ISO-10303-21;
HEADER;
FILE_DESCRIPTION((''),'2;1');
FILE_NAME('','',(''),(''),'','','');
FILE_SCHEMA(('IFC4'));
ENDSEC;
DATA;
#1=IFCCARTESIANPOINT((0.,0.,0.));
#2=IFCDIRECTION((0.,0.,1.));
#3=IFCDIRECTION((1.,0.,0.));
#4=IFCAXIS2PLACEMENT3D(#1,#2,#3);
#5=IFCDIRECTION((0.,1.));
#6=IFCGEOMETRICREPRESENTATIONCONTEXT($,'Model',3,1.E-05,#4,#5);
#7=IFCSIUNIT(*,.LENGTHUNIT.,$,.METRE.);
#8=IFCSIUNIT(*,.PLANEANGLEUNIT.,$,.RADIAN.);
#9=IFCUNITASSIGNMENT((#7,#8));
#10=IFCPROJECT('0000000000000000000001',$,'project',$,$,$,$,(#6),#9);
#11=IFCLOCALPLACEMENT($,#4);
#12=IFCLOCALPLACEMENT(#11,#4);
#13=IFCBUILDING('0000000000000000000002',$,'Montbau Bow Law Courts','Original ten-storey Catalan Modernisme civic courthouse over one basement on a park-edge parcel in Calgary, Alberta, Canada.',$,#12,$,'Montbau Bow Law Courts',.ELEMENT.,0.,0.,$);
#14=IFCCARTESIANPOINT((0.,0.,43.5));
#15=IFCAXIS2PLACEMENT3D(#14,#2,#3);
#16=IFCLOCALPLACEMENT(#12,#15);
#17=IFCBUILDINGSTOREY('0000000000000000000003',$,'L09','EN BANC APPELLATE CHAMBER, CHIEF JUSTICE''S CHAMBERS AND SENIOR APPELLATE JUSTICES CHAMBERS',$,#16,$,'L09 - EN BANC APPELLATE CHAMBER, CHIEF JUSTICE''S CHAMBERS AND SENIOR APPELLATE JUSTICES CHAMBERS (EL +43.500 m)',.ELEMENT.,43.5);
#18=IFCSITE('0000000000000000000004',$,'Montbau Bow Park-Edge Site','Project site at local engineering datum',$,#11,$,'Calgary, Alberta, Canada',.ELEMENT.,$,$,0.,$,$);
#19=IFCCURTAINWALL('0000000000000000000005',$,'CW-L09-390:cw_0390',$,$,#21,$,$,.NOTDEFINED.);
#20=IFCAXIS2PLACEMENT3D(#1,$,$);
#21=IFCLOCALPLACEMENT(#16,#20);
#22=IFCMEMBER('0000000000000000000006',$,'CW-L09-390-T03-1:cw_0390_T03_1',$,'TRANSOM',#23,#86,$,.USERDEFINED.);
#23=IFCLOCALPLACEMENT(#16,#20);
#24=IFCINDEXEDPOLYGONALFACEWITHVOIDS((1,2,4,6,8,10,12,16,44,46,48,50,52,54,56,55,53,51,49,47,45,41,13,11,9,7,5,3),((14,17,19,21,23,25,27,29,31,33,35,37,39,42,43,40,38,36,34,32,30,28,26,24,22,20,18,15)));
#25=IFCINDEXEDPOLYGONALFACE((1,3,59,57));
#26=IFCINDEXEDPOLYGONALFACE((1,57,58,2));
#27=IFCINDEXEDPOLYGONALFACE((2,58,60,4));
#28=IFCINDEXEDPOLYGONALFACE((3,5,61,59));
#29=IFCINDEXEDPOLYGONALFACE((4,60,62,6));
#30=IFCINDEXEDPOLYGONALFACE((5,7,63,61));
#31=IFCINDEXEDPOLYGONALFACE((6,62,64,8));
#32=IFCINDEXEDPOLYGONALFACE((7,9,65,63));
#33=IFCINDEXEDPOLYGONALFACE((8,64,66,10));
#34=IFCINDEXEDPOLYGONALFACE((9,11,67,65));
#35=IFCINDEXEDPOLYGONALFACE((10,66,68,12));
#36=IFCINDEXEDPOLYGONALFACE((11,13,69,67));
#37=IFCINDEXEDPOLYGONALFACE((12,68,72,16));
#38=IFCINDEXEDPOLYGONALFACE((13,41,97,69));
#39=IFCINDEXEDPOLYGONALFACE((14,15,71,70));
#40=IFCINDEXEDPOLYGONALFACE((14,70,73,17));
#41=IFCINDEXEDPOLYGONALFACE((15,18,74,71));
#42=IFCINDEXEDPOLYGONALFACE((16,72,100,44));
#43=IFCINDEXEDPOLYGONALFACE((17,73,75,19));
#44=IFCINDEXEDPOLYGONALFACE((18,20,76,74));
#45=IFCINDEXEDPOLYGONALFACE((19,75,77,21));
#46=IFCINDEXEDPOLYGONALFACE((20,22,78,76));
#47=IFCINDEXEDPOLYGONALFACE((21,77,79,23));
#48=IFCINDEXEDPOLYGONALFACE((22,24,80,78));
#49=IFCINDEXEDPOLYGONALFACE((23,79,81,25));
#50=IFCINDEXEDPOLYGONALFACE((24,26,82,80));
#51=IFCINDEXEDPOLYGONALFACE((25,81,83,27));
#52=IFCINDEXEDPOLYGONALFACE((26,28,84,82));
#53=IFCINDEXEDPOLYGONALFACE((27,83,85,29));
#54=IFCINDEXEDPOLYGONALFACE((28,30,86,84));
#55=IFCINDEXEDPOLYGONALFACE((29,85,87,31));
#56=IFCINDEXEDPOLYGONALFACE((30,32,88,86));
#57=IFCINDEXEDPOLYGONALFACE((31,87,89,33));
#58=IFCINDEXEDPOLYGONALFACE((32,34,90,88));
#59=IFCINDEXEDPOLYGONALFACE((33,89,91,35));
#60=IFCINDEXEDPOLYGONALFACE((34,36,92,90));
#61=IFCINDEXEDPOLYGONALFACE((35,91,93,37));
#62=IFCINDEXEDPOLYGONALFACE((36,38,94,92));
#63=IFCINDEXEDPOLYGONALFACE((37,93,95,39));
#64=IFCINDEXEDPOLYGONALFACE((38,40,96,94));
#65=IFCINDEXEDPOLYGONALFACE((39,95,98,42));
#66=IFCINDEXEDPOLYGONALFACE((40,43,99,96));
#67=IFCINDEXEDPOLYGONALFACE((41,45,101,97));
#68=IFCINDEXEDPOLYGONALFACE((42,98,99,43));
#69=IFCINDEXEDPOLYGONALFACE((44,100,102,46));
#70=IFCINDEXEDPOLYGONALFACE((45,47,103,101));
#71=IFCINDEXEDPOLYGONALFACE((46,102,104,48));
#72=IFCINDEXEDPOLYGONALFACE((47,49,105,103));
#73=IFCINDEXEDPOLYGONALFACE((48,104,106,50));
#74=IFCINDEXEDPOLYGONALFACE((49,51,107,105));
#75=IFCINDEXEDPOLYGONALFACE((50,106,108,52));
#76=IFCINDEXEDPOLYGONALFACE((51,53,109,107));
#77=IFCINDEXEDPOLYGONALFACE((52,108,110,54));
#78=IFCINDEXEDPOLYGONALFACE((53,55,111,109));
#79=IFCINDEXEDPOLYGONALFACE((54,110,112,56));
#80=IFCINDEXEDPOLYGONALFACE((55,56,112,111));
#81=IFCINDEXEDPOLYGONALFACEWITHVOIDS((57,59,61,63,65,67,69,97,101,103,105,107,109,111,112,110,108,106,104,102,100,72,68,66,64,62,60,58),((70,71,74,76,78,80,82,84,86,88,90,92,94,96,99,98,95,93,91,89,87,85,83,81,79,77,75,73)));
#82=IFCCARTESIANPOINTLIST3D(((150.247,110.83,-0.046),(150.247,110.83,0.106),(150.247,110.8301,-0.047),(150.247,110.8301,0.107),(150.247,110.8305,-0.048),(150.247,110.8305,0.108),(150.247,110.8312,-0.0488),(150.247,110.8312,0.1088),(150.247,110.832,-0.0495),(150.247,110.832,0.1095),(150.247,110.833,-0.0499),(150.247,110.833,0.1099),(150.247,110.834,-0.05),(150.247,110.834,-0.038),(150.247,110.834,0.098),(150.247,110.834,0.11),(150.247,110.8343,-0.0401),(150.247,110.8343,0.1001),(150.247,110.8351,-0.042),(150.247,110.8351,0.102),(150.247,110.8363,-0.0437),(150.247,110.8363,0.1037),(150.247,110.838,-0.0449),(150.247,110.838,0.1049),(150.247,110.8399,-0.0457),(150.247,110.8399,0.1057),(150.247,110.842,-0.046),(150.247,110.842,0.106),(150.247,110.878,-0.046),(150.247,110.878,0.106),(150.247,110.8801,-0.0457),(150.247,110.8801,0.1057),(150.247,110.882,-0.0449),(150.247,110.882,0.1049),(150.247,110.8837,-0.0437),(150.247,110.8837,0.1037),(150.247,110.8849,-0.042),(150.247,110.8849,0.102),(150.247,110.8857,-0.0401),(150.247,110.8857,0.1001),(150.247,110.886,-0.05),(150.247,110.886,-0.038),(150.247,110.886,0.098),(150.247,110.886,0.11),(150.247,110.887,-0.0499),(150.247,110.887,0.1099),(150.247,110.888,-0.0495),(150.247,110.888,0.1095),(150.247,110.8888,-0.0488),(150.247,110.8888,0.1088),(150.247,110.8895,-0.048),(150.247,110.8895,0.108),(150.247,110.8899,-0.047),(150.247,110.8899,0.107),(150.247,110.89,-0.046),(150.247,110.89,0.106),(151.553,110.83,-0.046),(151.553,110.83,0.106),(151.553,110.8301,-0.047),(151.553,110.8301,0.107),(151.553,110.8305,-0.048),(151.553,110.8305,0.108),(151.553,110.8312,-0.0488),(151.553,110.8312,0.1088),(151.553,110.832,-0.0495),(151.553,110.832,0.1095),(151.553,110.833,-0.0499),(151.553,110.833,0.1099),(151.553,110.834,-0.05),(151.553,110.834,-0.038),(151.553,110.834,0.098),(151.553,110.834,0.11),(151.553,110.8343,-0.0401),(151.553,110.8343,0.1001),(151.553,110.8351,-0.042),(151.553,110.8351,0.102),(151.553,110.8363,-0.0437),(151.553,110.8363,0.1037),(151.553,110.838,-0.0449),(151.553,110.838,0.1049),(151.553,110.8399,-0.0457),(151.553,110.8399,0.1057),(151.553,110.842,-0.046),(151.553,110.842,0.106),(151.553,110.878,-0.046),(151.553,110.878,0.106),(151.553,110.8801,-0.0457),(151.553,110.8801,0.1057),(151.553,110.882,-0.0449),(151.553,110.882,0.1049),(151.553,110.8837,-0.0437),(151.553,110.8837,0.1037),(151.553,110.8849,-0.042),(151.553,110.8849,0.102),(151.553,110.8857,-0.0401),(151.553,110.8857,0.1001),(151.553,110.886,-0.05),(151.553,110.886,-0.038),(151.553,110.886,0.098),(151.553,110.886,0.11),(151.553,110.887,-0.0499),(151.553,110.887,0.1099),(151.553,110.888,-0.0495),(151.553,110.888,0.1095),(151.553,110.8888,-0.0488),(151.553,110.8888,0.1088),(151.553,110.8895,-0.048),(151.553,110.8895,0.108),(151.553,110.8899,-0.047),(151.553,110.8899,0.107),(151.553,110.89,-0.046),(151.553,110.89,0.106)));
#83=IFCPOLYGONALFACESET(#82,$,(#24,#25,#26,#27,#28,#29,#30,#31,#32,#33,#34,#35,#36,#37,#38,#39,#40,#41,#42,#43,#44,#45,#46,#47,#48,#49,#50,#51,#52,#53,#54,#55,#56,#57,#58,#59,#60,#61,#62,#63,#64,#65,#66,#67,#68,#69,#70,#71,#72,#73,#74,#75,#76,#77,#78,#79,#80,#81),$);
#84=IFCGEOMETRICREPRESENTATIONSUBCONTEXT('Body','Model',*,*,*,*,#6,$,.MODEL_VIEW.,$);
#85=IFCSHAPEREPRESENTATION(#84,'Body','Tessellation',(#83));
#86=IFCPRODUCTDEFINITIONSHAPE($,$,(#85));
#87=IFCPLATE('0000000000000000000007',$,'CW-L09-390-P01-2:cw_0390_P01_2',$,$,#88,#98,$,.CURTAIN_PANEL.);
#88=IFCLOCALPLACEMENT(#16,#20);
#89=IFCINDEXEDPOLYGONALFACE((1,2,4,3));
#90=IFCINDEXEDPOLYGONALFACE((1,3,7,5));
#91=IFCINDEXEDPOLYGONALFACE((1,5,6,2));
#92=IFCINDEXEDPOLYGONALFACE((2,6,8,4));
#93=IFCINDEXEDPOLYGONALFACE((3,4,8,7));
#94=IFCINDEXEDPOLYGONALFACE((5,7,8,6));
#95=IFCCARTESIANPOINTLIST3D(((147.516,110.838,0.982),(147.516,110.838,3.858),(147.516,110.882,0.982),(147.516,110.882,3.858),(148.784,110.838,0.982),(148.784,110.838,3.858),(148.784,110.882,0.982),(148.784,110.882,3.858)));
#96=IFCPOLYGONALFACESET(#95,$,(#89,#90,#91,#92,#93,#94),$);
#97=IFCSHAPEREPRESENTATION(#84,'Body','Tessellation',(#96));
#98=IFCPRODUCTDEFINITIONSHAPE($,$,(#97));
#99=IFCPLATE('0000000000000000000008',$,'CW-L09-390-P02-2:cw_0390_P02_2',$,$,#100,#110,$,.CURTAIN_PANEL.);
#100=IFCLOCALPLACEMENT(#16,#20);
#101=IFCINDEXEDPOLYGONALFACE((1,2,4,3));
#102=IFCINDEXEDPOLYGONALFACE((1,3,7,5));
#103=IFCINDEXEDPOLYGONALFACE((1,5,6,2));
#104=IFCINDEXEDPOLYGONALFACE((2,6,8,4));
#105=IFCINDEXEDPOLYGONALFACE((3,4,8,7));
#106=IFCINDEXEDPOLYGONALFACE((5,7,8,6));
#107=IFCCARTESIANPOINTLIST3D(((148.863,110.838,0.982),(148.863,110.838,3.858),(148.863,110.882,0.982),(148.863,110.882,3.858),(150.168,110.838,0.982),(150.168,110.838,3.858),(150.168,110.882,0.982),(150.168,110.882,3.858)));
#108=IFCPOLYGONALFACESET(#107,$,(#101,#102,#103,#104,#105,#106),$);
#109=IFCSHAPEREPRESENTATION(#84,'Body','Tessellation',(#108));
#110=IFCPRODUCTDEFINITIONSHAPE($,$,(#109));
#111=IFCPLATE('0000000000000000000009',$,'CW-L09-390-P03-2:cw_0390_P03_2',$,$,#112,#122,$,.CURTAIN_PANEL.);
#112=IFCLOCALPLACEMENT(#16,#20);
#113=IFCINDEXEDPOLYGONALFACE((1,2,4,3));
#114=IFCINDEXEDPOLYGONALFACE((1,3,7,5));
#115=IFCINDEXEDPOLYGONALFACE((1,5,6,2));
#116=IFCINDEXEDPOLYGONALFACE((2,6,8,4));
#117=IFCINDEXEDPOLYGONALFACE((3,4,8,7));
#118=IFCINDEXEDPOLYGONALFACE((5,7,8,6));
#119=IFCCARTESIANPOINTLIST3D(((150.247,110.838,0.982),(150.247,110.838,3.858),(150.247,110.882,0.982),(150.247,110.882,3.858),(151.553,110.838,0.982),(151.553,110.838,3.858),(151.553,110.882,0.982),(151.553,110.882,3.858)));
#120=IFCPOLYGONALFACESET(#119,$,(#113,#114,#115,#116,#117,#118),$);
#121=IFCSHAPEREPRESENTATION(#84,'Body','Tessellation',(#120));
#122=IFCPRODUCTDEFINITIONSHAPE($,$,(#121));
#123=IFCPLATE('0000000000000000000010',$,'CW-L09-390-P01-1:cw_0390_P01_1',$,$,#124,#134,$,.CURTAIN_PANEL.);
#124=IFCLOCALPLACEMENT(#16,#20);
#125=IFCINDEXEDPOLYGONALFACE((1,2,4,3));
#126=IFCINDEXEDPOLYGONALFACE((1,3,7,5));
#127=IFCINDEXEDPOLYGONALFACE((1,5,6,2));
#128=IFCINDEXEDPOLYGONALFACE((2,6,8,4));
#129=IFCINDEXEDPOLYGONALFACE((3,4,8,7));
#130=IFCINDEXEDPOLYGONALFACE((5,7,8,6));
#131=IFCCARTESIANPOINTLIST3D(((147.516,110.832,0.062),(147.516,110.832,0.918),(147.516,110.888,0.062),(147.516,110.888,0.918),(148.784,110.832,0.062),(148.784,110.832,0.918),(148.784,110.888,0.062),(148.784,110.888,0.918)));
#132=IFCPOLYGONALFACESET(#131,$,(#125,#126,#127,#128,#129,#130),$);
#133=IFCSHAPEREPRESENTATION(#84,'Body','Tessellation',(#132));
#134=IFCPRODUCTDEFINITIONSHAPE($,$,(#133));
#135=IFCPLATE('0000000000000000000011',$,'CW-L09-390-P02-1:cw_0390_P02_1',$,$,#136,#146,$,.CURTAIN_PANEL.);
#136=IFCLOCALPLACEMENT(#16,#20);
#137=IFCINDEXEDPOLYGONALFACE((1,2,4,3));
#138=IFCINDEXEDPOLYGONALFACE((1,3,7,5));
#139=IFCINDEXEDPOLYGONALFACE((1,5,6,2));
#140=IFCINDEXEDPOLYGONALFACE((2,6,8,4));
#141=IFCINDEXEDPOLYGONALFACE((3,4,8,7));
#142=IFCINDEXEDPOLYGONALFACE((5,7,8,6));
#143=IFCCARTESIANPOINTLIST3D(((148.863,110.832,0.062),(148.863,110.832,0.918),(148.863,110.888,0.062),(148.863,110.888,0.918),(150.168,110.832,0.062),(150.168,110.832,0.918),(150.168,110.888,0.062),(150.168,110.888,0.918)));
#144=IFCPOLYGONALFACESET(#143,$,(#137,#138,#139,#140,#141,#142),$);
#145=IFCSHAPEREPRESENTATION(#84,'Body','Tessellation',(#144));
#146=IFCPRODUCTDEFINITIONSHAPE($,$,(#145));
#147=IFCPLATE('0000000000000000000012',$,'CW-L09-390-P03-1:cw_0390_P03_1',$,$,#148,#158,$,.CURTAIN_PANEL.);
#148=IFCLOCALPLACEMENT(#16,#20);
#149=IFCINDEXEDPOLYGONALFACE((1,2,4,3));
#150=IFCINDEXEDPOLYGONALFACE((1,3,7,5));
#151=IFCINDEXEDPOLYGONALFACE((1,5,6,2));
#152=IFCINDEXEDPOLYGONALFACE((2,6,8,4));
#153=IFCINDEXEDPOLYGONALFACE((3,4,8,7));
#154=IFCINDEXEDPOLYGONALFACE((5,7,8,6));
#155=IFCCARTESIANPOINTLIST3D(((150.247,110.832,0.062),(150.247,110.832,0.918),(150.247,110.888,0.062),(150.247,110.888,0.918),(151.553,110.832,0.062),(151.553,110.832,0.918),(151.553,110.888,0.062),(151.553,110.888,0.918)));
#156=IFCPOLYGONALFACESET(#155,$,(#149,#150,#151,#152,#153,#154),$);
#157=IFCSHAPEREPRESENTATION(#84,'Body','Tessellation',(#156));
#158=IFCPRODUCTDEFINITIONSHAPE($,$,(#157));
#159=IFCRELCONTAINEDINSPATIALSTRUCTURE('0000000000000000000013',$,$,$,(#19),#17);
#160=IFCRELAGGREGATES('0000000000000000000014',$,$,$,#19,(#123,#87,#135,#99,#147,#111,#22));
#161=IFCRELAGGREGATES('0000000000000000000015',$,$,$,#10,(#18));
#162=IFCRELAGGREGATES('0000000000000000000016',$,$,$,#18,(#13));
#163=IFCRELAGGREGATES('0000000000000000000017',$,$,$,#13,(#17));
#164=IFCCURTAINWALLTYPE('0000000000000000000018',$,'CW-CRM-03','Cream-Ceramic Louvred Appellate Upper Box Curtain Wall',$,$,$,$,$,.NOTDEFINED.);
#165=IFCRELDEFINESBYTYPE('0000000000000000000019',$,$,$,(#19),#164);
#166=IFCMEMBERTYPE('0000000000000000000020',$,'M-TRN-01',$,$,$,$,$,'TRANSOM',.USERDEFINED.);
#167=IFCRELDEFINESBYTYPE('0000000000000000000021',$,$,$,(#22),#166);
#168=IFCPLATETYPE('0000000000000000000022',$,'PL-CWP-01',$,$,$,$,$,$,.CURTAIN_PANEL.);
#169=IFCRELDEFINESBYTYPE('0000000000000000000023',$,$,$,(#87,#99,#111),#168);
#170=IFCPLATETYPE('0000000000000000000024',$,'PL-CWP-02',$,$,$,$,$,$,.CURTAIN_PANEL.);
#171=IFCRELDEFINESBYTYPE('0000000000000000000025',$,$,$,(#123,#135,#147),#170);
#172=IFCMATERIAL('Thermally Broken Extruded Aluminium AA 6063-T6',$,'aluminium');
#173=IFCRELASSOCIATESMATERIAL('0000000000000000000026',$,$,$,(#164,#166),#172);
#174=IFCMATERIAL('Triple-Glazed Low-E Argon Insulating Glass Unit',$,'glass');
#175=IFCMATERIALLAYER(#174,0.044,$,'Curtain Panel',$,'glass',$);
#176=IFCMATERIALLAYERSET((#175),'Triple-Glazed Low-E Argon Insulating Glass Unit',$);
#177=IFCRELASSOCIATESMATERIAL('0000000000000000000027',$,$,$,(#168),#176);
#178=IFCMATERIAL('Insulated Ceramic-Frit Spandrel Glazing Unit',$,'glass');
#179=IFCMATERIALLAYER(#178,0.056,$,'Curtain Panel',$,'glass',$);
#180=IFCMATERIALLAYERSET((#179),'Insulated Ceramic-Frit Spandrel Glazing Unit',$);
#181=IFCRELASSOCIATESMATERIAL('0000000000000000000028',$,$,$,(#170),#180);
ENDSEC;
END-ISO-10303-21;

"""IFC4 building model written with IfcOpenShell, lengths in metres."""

from ifc_helpers import new_model, si_unit, direction, frame, frame_2d, origin_with_axes, origin_2d_with_axis, place, context, subcontext, project, spatial, rectangle, hollow_rectangle, extrude, material, layer, layer_set, material_profile, profile_set, type_object, element, aggregate, save


model = new_model("IFC4")

# Units and contexts
model_context = context("Model", 3, precision=1e-05, world=origin_with_axes(), true_north=direction((0.0, 1.0)))
body_context = subcontext(model_context, "Body", "Model", "MODEL_VIEW")
ifc_project = project(units=[si_unit("LENGTHUNIT", "METRE"), si_unit("PLANEANGLEUNIT", "RADIAN")], contexts=[model_context])

# Site, building, storey
site_placement = place(None, origin_with_axes())
site = spatial("IfcSite", under=ifc_project, at=site_placement, Name="Montbau Bow Park-Edge Site", Description="Project site at local engineering datum", LongName="Calgary, Alberta, Canada", CompositionType="ELEMENT", RefElevation=0.0)
building_placement = place(site_placement, origin_with_axes())
building = spatial("IfcBuilding", under=site, at=building_placement, Name="Montbau Bow Law Courts", Description="Original ten-storey Catalan Modernisme civic courthouse over one basement on a park-edge parcel in Calgary, Alberta, Canada.", LongName="Montbau Bow Law Courts", CompositionType="ELEMENT", ElevationOfRefHeight=0.0, ElevationOfTerrain=0.0)
storey_placement = place(building_placement, frame((0.0, 0.0, 43.5), z_axis=(0.0, 0.0, 1.0), x_axis=(1.0, 0.0, 0.0)))
storey = spatial("IfcBuildingStorey", under=building, at=storey_placement, Name="L09", Description="EN BANC APPELLATE CHAMBER, CHIEF JUSTICE'S CHAMBERS AND SENIOR APPELLATE JUSTICES CHAMBERS", LongName="L09 - EN BANC APPELLATE CHAMBER, CHIEF JUSTICE'S CHAMBERS AND SENIOR APPELLATE JUSTICES CHAMBERS (EL +43.500 m)", CompositionType="ELEMENT", Elevation=43.5)

# Curtain wall
ifc_material_1 = material(Name="Thermally Broken Extruded Aluminium AA 6063-T6", Category="aluminium")
curtain_wall_type = type_object("IfcCurtainWallType", Name="CW-CRM-03", Description="Cream-Ceramic Louvred Appellate Upper Box Curtain Wall", PredefinedType="NOTDEFINED", material=ifc_material_1)
curtain_wall_1_placement = place(None, frame((147.44, 110.86, 43.5), z_axis=(0.0, 0.0, 1.0), x_axis=(1.0, 0.0, 0.0)))
curtain_wall_1 = element("IfcCurtainWall", 1, at=curtain_wall_1_placement, inside=storey, type_object=curtain_wall_type, Name="CW-L09-390:cw_0390", PredefinedType="NOTDEFINED")

# Member
ifc_material_profile_1 = material_profile(ifc_material_1, hollow_rectangle(XDim=0.06, YDim=0.16, WallThickness=0.004, InnerFilletRadius=0.008, OuterFilletRadius=0.004, at=origin_2d_with_axis()), Name="CWT-160X60", Category="Main", Priority=0)
ifc_profile_set_1 = profile_set([ifc_material_profile_1], Name="Thermally Broken Extruded Aluminium AA 6063-T6")
member_type_1 = type_object("IfcMemberType", Name="M-TRN-01", ElementType="TRANSOM", PredefinedType="USERDEFINED", material=ifc_profile_set_1)
member_1_placement = place(None, frame((150.247, 110.86, 43.53), z_axis=(1.0, 0.0, 0.0), x_axis=(0.0, 1.0, 0.0)))
member_1 = element("IfcMember", 2, at=member_1_placement, type_object=member_type_1, Name="CW-L09-390-T03-1:cw_0390_T03_1", ObjectType="TRANSOM", PredefinedType="USERDEFINED", context=body_context, shape_type="SweptSolid", body=[
    extrude(hollow_rectangle(XDim=0.06, YDim=0.16, WallThickness=0.004, InnerFilletRadius=0.008, OuterFilletRadius=0.004, at=origin_2d_with_axis()), origin_with_axes(), (0.0, 0.0, 1.0), 1.306),
])

# Plates
ifc_material_2 = material(Name="Triple-Glazed Low-E Argon Insulating Glass Unit", Category="glass")
ifc_layer_1 = layer(ifc_material_2, 0.044, Name="Curtain Panel", Category="glass")
ifc_layer_set_1 = layer_set([ifc_layer_1], Name="Triple-Glazed Low-E Argon Insulating Glass Unit")
plate_type_1 = type_object("IfcPlateType", Name="PL-CWP-01", PredefinedType="CURTAIN_PANEL", material=ifc_layer_set_1)
plate_1_placement = place(None, frame((147.516, 110.86, 44.482), z_axis=(0.0, -1.0, 0.0), x_axis=(1.0, 0.0, 0.0)))
plate_1 = element("IfcPlate", 3, at=plate_1_placement, type_object=plate_type_1, Name="CW-L09-390-P01-2:cw_0390_P01_2", PredefinedType="CURTAIN_PANEL", context=body_context, shape_type="SweptSolid", body=[
    extrude(rectangle(XDim=1.268, YDim=2.876, at=frame_2d((0.634, 1.438), x_axis=(1.0, 0.0))), frame((0.0, 0.0, -0.022), z_axis=(0.0, 0.0, 1.0), x_axis=(1.0, 0.0, 0.0)), (0.0, 0.0, 1.0), 0.044),
])
plate_2_placement = place(None, frame((148.863, 110.86, 44.482), z_axis=(0.0, -1.0, 0.0), x_axis=(1.0, 0.0, 0.0)))
plate_2 = element("IfcPlate", 4, at=plate_2_placement, type_object=plate_type_1, Name="CW-L09-390-P02-2:cw_0390_P02_2", PredefinedType="CURTAIN_PANEL", context=body_context, shape_type="SweptSolid", body=[
    extrude(rectangle(XDim=1.305, YDim=2.876, at=frame_2d((0.6525, 1.438), x_axis=(1.0, 0.0))), frame((0.0, 0.0, -0.022), z_axis=(0.0, 0.0, 1.0), x_axis=(1.0, 0.0, 0.0)), (0.0, 0.0, 1.0), 0.044),
])
plate_3_placement = place(None, frame((150.247, 110.86, 44.482), z_axis=(0.0, -1.0, 0.0), x_axis=(1.0, 0.0, 0.0)))
plate_3 = element("IfcPlate", 5, at=plate_3_placement, type_object=plate_type_1, Name="CW-L09-390-P03-2:cw_0390_P03_2", PredefinedType="CURTAIN_PANEL", context=body_context, shape_type="SweptSolid", body=[
    extrude(rectangle(XDim=1.306, YDim=2.876, at=frame_2d((0.653, 1.438), x_axis=(1.0, 0.0))), frame((0.0, 0.0, -0.022), z_axis=(0.0, 0.0, 1.0), x_axis=(1.0, 0.0, 0.0)), (0.0, 0.0, 1.0), 0.044),
])
ifc_material_3 = material(Name="Insulated Ceramic-Frit Spandrel Glazing Unit", Category="glass")
ifc_layer_2 = layer(ifc_material_3, 0.056, Name="Curtain Panel", Category="glass")
ifc_layer_set_2 = layer_set([ifc_layer_2], Name="Insulated Ceramic-Frit Spandrel Glazing Unit")
plate_type_2 = type_object("IfcPlateType", Name="PL-CWP-02", PredefinedType="CURTAIN_PANEL", material=ifc_layer_set_2)
plate_4_placement = place(None, frame((147.516, 110.86, 43.562), z_axis=(0.0, -1.0, 0.0), x_axis=(1.0, 0.0, 0.0)))
plate_4 = element("IfcPlate", 6, at=plate_4_placement, type_object=plate_type_2, Name="CW-L09-390-P01-1:cw_0390_P01_1", PredefinedType="CURTAIN_PANEL", context=body_context, shape_type="SweptSolid", body=[
    extrude(rectangle(XDim=1.268, YDim=0.856, at=frame_2d((0.634, 0.428), x_axis=(1.0, 0.0))), frame((0.0, 0.0, -0.028), z_axis=(0.0, 0.0, 1.0), x_axis=(1.0, 0.0, 0.0)), (0.0, 0.0, 1.0), 0.056),
])
plate_5_placement = place(None, frame((148.863, 110.86, 43.562), z_axis=(0.0, -1.0, 0.0), x_axis=(1.0, 0.0, 0.0)))
plate_5 = element("IfcPlate", 7, at=plate_5_placement, type_object=plate_type_2, Name="CW-L09-390-P02-1:cw_0390_P02_1", PredefinedType="CURTAIN_PANEL", context=body_context, shape_type="SweptSolid", body=[
    extrude(rectangle(XDim=1.305, YDim=0.856, at=frame_2d((0.6525, 0.428), x_axis=(1.0, 0.0))), frame((0.0, 0.0, -0.028), z_axis=(0.0, 0.0, 1.0), x_axis=(1.0, 0.0, 0.0)), (0.0, 0.0, 1.0), 0.056),
])
plate_6_placement = place(None, frame((150.247, 110.86, 43.562), z_axis=(0.0, -1.0, 0.0), x_axis=(1.0, 0.0, 0.0)))
plate_6 = element("IfcPlate", 8, at=plate_6_placement, type_object=plate_type_2, Name="CW-L09-390-P03-1:cw_0390_P03_1", PredefinedType="CURTAIN_PANEL", context=body_context, shape_type="SweptSolid", body=[
    extrude(rectangle(XDim=1.306, YDim=0.856, at=frame_2d((0.653, 0.428), x_axis=(1.0, 0.0))), frame((0.0, 0.0, -0.028), z_axis=(0.0, 0.0, 1.0), x_axis=(1.0, 0.0, 0.0)), (0.0, 0.0, 1.0), 0.056),
])
aggregate(curtain_wall_1, [plate_4, plate_1, plate_5, plate_2, plate_6, plate_3, member_1])

save(model, "model.ifc")
